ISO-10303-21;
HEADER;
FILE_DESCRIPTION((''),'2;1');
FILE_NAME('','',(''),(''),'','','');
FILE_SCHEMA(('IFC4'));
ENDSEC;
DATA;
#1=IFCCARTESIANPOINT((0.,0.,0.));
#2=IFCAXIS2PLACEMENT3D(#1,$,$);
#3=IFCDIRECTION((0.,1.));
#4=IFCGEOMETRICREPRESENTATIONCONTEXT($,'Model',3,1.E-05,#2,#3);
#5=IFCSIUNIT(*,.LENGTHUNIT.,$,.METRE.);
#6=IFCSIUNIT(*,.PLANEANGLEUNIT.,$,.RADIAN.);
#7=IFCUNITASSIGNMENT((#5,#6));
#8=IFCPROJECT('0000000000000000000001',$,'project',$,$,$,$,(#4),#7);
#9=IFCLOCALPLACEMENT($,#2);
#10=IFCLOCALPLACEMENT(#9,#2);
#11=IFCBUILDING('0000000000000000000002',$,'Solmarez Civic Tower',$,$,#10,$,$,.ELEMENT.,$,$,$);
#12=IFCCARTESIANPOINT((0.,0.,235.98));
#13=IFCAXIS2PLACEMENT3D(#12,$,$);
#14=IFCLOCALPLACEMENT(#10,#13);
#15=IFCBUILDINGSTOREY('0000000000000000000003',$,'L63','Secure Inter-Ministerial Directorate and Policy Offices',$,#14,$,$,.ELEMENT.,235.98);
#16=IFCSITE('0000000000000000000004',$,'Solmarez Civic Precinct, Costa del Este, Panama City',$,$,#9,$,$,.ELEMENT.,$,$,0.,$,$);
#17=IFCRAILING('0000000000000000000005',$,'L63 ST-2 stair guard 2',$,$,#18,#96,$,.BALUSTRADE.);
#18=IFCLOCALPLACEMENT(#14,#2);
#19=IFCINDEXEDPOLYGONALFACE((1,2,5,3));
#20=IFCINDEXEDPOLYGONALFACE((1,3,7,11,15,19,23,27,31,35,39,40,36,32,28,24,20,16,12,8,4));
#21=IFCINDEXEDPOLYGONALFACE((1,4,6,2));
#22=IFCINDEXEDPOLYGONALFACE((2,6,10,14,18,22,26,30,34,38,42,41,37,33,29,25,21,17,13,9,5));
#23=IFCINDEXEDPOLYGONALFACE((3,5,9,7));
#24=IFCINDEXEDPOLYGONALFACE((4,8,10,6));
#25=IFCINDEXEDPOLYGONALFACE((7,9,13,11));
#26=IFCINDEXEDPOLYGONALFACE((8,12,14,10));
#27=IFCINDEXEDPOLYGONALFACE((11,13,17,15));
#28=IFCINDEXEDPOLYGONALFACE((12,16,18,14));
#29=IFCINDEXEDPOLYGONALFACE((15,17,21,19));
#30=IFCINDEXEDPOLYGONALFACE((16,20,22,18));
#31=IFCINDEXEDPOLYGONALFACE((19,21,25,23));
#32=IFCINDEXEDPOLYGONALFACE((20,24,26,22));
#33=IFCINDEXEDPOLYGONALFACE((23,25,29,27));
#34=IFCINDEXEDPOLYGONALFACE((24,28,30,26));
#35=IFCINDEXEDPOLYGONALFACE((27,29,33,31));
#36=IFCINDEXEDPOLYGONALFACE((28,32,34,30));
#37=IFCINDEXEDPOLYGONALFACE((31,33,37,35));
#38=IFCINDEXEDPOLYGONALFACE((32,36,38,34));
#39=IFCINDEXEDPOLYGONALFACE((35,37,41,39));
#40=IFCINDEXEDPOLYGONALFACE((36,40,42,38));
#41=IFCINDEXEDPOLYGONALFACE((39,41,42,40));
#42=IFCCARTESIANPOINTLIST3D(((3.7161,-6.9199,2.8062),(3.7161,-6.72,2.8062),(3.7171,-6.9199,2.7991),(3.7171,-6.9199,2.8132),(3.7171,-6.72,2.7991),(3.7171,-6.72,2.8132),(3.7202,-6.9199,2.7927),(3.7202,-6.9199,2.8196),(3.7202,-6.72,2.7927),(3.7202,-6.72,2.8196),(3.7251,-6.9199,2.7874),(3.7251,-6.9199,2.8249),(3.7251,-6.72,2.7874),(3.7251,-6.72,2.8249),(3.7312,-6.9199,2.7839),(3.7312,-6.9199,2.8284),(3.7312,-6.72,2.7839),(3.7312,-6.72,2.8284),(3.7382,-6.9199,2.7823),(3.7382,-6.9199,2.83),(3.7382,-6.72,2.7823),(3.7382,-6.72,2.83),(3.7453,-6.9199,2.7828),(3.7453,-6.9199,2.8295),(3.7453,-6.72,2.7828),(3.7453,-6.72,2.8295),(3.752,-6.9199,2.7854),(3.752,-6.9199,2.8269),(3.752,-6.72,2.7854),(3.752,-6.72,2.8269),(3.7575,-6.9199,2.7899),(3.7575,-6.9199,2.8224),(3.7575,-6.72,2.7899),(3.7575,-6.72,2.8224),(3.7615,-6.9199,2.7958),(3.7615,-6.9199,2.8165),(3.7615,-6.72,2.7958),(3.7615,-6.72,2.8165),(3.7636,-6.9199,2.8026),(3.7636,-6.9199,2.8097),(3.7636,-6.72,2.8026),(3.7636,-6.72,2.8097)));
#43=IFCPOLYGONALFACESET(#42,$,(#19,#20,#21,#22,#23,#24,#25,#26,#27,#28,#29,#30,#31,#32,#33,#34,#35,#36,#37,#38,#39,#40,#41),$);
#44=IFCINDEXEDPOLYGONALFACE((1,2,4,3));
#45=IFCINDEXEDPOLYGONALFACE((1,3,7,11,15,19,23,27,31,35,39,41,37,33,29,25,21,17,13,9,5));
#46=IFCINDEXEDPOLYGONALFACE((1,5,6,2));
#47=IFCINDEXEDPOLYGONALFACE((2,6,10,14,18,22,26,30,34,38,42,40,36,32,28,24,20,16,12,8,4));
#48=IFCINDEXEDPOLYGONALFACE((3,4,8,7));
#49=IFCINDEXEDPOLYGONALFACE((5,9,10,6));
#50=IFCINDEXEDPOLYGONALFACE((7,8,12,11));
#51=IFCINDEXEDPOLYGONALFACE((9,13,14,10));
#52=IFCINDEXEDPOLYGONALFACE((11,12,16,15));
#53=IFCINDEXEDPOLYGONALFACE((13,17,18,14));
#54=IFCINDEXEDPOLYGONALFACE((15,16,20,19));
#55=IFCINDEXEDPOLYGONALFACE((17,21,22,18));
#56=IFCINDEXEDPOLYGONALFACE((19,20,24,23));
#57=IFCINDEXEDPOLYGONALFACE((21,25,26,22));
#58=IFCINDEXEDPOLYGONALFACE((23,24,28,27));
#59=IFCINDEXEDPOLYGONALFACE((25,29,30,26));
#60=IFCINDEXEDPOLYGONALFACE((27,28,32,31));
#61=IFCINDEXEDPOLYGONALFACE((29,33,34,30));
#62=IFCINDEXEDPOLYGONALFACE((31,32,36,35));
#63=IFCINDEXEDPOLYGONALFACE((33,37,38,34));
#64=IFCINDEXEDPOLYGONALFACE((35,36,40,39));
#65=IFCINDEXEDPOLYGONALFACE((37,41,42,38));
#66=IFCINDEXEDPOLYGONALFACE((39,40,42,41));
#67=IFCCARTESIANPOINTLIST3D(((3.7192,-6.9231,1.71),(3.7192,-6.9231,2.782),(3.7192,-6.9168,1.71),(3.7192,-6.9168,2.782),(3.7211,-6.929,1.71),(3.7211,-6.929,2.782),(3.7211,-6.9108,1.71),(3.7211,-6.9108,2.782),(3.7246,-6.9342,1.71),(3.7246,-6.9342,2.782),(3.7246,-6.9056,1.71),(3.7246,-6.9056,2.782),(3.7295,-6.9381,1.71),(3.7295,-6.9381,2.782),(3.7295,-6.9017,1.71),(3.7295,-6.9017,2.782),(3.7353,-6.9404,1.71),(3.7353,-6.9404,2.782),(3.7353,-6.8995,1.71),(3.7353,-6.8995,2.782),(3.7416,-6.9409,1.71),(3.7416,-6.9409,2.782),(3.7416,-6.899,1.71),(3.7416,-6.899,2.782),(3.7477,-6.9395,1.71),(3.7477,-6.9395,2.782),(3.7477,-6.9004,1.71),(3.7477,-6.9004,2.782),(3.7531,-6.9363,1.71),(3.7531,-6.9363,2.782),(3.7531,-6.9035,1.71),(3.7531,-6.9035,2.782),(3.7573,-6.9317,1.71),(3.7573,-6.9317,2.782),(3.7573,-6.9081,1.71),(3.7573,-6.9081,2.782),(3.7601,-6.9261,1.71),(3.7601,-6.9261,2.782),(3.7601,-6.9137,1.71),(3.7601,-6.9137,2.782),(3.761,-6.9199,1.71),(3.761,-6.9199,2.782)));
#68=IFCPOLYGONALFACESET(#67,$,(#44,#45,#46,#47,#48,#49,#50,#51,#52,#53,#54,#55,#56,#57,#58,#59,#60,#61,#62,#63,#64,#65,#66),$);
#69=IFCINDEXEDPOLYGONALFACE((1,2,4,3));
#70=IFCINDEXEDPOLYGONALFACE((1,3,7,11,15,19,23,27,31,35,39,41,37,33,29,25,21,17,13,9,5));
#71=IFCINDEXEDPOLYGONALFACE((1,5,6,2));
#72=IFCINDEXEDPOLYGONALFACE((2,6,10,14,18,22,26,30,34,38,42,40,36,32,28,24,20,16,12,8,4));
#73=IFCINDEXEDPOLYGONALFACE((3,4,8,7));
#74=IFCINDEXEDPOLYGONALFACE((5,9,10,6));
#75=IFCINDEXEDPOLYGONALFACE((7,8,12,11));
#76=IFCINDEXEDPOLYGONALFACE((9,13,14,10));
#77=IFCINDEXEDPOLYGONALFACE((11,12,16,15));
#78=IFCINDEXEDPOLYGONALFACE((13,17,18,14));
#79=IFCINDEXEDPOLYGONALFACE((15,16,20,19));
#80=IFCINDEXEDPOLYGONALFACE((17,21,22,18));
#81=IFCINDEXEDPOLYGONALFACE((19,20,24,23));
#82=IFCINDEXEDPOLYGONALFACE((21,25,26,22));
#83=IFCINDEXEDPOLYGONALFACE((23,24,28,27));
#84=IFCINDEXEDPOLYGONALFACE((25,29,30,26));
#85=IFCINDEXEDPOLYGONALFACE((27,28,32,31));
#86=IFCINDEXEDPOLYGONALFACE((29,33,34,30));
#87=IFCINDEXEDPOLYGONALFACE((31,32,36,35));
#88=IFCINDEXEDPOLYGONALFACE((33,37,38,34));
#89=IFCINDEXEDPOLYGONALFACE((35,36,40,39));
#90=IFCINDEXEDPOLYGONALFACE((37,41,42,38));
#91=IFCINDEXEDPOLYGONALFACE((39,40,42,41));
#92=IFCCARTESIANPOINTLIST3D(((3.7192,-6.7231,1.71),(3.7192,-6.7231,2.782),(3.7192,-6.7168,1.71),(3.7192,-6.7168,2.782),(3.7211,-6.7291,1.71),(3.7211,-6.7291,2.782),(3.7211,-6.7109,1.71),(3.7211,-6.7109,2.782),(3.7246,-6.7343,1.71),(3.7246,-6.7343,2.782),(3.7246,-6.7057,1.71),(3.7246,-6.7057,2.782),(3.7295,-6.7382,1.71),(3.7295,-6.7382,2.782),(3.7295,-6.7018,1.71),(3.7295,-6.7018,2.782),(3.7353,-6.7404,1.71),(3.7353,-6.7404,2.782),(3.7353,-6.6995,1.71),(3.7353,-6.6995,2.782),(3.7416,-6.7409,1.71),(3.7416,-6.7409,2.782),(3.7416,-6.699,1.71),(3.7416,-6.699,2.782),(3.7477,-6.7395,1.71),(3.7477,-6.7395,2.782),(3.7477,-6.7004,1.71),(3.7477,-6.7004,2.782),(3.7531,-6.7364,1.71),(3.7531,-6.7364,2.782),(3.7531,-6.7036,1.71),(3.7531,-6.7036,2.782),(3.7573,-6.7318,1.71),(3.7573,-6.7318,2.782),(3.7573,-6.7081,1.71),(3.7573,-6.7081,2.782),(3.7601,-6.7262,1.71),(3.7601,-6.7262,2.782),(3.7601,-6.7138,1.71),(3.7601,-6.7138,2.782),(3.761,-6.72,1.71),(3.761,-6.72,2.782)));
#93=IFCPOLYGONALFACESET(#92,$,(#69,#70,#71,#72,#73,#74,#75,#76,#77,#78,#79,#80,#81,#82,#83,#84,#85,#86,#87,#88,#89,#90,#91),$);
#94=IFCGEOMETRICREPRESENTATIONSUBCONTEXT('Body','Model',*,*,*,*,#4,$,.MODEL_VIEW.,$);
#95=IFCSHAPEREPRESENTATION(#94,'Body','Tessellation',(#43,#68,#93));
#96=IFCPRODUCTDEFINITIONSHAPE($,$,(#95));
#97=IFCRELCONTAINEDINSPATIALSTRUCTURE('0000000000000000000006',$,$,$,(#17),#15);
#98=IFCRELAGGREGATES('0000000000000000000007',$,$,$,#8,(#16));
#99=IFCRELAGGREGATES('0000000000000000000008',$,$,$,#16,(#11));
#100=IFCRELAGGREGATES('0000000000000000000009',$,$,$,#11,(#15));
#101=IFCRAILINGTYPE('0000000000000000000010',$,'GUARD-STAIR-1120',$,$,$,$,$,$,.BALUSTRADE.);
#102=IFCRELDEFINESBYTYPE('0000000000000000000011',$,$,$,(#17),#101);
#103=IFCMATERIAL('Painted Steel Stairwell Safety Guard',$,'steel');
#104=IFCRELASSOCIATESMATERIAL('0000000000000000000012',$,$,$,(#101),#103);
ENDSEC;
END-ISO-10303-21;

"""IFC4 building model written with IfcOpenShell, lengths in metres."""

from ifc_helpers import new_model, si_unit, direction, frame, origin, origin_2d, place, context, subcontext, project, spatial, circle, extrude, material, type_object, element, save


model = new_model("IFC4")

# Units and contexts
model_context = context("Model", 3, precision=1e-05, world=origin(), true_north=direction((0.0, 1.0)))
body_context = subcontext(model_context, "Body", "Model", "MODEL_VIEW")
ifc_project = project(units=[si_unit("LENGTHUNIT", "METRE"), si_unit("PLANEANGLEUNIT", "RADIAN")], contexts=[model_context])

# Site, building, storey
site_placement = place(None, origin())
site = spatial("IfcSite", under=ifc_project, at=site_placement, Name="Solmarez Civic Precinct, Costa del Este, Panama City", CompositionType="ELEMENT", RefElevation=0.0)
building_placement = place(site_placement, origin())
building = spatial("IfcBuilding", under=site, at=building_placement, Name="Solmarez Civic Tower", CompositionType="ELEMENT")
storey_placement = place(building_placement, frame((0.0, 0.0, 235.98)))
storey = spatial("IfcBuildingStorey", under=building, at=storey_placement, Name="L63", Description="Secure Inter-Ministerial Directorate and Policy Offices", CompositionType="ELEMENT", Elevation=235.98)

# Railing
ifc_material_1 = material(Name="Painted Steel Stairwell Safety Guard", Category="steel")
railing_type_1 = type_object("IfcRailingType", Name="GUARD-STAIR-1120", PredefinedType="BALUSTRADE", material=ifc_material_1)
railing_1_placement = place(storey_placement, frame((3.74, -6.9199, 1.71)))
element("IfcRailing", 1, at=railing_1_placement, inside=storey, type_object=railing_type_1, Name="L63 ST-2 stair guard 2", PredefinedType="BALUSTRADE", context=body_context, shape_type="SweptSolid", body=[
    extrude(circle(Radius=0.0239, at=origin_2d()), frame((0.0, 0.0, 1.0962), z_axis=(0.0, 1.0, 0.0), x_axis=(-1.0, 0.0, 0.0)), (0.0, 0.0, 1.0), 0.2),
    extrude(circle(Radius=0.021, at=origin_2d()), origin(), (0.0, 0.0, 1.0), 1.072),
    extrude(circle(Radius=0.021, at=origin_2d()), frame((0.0, 0.2, 0.0)), (0.0, 0.0, 1.0), 1.072),
])

save(model, "model.ifc")
